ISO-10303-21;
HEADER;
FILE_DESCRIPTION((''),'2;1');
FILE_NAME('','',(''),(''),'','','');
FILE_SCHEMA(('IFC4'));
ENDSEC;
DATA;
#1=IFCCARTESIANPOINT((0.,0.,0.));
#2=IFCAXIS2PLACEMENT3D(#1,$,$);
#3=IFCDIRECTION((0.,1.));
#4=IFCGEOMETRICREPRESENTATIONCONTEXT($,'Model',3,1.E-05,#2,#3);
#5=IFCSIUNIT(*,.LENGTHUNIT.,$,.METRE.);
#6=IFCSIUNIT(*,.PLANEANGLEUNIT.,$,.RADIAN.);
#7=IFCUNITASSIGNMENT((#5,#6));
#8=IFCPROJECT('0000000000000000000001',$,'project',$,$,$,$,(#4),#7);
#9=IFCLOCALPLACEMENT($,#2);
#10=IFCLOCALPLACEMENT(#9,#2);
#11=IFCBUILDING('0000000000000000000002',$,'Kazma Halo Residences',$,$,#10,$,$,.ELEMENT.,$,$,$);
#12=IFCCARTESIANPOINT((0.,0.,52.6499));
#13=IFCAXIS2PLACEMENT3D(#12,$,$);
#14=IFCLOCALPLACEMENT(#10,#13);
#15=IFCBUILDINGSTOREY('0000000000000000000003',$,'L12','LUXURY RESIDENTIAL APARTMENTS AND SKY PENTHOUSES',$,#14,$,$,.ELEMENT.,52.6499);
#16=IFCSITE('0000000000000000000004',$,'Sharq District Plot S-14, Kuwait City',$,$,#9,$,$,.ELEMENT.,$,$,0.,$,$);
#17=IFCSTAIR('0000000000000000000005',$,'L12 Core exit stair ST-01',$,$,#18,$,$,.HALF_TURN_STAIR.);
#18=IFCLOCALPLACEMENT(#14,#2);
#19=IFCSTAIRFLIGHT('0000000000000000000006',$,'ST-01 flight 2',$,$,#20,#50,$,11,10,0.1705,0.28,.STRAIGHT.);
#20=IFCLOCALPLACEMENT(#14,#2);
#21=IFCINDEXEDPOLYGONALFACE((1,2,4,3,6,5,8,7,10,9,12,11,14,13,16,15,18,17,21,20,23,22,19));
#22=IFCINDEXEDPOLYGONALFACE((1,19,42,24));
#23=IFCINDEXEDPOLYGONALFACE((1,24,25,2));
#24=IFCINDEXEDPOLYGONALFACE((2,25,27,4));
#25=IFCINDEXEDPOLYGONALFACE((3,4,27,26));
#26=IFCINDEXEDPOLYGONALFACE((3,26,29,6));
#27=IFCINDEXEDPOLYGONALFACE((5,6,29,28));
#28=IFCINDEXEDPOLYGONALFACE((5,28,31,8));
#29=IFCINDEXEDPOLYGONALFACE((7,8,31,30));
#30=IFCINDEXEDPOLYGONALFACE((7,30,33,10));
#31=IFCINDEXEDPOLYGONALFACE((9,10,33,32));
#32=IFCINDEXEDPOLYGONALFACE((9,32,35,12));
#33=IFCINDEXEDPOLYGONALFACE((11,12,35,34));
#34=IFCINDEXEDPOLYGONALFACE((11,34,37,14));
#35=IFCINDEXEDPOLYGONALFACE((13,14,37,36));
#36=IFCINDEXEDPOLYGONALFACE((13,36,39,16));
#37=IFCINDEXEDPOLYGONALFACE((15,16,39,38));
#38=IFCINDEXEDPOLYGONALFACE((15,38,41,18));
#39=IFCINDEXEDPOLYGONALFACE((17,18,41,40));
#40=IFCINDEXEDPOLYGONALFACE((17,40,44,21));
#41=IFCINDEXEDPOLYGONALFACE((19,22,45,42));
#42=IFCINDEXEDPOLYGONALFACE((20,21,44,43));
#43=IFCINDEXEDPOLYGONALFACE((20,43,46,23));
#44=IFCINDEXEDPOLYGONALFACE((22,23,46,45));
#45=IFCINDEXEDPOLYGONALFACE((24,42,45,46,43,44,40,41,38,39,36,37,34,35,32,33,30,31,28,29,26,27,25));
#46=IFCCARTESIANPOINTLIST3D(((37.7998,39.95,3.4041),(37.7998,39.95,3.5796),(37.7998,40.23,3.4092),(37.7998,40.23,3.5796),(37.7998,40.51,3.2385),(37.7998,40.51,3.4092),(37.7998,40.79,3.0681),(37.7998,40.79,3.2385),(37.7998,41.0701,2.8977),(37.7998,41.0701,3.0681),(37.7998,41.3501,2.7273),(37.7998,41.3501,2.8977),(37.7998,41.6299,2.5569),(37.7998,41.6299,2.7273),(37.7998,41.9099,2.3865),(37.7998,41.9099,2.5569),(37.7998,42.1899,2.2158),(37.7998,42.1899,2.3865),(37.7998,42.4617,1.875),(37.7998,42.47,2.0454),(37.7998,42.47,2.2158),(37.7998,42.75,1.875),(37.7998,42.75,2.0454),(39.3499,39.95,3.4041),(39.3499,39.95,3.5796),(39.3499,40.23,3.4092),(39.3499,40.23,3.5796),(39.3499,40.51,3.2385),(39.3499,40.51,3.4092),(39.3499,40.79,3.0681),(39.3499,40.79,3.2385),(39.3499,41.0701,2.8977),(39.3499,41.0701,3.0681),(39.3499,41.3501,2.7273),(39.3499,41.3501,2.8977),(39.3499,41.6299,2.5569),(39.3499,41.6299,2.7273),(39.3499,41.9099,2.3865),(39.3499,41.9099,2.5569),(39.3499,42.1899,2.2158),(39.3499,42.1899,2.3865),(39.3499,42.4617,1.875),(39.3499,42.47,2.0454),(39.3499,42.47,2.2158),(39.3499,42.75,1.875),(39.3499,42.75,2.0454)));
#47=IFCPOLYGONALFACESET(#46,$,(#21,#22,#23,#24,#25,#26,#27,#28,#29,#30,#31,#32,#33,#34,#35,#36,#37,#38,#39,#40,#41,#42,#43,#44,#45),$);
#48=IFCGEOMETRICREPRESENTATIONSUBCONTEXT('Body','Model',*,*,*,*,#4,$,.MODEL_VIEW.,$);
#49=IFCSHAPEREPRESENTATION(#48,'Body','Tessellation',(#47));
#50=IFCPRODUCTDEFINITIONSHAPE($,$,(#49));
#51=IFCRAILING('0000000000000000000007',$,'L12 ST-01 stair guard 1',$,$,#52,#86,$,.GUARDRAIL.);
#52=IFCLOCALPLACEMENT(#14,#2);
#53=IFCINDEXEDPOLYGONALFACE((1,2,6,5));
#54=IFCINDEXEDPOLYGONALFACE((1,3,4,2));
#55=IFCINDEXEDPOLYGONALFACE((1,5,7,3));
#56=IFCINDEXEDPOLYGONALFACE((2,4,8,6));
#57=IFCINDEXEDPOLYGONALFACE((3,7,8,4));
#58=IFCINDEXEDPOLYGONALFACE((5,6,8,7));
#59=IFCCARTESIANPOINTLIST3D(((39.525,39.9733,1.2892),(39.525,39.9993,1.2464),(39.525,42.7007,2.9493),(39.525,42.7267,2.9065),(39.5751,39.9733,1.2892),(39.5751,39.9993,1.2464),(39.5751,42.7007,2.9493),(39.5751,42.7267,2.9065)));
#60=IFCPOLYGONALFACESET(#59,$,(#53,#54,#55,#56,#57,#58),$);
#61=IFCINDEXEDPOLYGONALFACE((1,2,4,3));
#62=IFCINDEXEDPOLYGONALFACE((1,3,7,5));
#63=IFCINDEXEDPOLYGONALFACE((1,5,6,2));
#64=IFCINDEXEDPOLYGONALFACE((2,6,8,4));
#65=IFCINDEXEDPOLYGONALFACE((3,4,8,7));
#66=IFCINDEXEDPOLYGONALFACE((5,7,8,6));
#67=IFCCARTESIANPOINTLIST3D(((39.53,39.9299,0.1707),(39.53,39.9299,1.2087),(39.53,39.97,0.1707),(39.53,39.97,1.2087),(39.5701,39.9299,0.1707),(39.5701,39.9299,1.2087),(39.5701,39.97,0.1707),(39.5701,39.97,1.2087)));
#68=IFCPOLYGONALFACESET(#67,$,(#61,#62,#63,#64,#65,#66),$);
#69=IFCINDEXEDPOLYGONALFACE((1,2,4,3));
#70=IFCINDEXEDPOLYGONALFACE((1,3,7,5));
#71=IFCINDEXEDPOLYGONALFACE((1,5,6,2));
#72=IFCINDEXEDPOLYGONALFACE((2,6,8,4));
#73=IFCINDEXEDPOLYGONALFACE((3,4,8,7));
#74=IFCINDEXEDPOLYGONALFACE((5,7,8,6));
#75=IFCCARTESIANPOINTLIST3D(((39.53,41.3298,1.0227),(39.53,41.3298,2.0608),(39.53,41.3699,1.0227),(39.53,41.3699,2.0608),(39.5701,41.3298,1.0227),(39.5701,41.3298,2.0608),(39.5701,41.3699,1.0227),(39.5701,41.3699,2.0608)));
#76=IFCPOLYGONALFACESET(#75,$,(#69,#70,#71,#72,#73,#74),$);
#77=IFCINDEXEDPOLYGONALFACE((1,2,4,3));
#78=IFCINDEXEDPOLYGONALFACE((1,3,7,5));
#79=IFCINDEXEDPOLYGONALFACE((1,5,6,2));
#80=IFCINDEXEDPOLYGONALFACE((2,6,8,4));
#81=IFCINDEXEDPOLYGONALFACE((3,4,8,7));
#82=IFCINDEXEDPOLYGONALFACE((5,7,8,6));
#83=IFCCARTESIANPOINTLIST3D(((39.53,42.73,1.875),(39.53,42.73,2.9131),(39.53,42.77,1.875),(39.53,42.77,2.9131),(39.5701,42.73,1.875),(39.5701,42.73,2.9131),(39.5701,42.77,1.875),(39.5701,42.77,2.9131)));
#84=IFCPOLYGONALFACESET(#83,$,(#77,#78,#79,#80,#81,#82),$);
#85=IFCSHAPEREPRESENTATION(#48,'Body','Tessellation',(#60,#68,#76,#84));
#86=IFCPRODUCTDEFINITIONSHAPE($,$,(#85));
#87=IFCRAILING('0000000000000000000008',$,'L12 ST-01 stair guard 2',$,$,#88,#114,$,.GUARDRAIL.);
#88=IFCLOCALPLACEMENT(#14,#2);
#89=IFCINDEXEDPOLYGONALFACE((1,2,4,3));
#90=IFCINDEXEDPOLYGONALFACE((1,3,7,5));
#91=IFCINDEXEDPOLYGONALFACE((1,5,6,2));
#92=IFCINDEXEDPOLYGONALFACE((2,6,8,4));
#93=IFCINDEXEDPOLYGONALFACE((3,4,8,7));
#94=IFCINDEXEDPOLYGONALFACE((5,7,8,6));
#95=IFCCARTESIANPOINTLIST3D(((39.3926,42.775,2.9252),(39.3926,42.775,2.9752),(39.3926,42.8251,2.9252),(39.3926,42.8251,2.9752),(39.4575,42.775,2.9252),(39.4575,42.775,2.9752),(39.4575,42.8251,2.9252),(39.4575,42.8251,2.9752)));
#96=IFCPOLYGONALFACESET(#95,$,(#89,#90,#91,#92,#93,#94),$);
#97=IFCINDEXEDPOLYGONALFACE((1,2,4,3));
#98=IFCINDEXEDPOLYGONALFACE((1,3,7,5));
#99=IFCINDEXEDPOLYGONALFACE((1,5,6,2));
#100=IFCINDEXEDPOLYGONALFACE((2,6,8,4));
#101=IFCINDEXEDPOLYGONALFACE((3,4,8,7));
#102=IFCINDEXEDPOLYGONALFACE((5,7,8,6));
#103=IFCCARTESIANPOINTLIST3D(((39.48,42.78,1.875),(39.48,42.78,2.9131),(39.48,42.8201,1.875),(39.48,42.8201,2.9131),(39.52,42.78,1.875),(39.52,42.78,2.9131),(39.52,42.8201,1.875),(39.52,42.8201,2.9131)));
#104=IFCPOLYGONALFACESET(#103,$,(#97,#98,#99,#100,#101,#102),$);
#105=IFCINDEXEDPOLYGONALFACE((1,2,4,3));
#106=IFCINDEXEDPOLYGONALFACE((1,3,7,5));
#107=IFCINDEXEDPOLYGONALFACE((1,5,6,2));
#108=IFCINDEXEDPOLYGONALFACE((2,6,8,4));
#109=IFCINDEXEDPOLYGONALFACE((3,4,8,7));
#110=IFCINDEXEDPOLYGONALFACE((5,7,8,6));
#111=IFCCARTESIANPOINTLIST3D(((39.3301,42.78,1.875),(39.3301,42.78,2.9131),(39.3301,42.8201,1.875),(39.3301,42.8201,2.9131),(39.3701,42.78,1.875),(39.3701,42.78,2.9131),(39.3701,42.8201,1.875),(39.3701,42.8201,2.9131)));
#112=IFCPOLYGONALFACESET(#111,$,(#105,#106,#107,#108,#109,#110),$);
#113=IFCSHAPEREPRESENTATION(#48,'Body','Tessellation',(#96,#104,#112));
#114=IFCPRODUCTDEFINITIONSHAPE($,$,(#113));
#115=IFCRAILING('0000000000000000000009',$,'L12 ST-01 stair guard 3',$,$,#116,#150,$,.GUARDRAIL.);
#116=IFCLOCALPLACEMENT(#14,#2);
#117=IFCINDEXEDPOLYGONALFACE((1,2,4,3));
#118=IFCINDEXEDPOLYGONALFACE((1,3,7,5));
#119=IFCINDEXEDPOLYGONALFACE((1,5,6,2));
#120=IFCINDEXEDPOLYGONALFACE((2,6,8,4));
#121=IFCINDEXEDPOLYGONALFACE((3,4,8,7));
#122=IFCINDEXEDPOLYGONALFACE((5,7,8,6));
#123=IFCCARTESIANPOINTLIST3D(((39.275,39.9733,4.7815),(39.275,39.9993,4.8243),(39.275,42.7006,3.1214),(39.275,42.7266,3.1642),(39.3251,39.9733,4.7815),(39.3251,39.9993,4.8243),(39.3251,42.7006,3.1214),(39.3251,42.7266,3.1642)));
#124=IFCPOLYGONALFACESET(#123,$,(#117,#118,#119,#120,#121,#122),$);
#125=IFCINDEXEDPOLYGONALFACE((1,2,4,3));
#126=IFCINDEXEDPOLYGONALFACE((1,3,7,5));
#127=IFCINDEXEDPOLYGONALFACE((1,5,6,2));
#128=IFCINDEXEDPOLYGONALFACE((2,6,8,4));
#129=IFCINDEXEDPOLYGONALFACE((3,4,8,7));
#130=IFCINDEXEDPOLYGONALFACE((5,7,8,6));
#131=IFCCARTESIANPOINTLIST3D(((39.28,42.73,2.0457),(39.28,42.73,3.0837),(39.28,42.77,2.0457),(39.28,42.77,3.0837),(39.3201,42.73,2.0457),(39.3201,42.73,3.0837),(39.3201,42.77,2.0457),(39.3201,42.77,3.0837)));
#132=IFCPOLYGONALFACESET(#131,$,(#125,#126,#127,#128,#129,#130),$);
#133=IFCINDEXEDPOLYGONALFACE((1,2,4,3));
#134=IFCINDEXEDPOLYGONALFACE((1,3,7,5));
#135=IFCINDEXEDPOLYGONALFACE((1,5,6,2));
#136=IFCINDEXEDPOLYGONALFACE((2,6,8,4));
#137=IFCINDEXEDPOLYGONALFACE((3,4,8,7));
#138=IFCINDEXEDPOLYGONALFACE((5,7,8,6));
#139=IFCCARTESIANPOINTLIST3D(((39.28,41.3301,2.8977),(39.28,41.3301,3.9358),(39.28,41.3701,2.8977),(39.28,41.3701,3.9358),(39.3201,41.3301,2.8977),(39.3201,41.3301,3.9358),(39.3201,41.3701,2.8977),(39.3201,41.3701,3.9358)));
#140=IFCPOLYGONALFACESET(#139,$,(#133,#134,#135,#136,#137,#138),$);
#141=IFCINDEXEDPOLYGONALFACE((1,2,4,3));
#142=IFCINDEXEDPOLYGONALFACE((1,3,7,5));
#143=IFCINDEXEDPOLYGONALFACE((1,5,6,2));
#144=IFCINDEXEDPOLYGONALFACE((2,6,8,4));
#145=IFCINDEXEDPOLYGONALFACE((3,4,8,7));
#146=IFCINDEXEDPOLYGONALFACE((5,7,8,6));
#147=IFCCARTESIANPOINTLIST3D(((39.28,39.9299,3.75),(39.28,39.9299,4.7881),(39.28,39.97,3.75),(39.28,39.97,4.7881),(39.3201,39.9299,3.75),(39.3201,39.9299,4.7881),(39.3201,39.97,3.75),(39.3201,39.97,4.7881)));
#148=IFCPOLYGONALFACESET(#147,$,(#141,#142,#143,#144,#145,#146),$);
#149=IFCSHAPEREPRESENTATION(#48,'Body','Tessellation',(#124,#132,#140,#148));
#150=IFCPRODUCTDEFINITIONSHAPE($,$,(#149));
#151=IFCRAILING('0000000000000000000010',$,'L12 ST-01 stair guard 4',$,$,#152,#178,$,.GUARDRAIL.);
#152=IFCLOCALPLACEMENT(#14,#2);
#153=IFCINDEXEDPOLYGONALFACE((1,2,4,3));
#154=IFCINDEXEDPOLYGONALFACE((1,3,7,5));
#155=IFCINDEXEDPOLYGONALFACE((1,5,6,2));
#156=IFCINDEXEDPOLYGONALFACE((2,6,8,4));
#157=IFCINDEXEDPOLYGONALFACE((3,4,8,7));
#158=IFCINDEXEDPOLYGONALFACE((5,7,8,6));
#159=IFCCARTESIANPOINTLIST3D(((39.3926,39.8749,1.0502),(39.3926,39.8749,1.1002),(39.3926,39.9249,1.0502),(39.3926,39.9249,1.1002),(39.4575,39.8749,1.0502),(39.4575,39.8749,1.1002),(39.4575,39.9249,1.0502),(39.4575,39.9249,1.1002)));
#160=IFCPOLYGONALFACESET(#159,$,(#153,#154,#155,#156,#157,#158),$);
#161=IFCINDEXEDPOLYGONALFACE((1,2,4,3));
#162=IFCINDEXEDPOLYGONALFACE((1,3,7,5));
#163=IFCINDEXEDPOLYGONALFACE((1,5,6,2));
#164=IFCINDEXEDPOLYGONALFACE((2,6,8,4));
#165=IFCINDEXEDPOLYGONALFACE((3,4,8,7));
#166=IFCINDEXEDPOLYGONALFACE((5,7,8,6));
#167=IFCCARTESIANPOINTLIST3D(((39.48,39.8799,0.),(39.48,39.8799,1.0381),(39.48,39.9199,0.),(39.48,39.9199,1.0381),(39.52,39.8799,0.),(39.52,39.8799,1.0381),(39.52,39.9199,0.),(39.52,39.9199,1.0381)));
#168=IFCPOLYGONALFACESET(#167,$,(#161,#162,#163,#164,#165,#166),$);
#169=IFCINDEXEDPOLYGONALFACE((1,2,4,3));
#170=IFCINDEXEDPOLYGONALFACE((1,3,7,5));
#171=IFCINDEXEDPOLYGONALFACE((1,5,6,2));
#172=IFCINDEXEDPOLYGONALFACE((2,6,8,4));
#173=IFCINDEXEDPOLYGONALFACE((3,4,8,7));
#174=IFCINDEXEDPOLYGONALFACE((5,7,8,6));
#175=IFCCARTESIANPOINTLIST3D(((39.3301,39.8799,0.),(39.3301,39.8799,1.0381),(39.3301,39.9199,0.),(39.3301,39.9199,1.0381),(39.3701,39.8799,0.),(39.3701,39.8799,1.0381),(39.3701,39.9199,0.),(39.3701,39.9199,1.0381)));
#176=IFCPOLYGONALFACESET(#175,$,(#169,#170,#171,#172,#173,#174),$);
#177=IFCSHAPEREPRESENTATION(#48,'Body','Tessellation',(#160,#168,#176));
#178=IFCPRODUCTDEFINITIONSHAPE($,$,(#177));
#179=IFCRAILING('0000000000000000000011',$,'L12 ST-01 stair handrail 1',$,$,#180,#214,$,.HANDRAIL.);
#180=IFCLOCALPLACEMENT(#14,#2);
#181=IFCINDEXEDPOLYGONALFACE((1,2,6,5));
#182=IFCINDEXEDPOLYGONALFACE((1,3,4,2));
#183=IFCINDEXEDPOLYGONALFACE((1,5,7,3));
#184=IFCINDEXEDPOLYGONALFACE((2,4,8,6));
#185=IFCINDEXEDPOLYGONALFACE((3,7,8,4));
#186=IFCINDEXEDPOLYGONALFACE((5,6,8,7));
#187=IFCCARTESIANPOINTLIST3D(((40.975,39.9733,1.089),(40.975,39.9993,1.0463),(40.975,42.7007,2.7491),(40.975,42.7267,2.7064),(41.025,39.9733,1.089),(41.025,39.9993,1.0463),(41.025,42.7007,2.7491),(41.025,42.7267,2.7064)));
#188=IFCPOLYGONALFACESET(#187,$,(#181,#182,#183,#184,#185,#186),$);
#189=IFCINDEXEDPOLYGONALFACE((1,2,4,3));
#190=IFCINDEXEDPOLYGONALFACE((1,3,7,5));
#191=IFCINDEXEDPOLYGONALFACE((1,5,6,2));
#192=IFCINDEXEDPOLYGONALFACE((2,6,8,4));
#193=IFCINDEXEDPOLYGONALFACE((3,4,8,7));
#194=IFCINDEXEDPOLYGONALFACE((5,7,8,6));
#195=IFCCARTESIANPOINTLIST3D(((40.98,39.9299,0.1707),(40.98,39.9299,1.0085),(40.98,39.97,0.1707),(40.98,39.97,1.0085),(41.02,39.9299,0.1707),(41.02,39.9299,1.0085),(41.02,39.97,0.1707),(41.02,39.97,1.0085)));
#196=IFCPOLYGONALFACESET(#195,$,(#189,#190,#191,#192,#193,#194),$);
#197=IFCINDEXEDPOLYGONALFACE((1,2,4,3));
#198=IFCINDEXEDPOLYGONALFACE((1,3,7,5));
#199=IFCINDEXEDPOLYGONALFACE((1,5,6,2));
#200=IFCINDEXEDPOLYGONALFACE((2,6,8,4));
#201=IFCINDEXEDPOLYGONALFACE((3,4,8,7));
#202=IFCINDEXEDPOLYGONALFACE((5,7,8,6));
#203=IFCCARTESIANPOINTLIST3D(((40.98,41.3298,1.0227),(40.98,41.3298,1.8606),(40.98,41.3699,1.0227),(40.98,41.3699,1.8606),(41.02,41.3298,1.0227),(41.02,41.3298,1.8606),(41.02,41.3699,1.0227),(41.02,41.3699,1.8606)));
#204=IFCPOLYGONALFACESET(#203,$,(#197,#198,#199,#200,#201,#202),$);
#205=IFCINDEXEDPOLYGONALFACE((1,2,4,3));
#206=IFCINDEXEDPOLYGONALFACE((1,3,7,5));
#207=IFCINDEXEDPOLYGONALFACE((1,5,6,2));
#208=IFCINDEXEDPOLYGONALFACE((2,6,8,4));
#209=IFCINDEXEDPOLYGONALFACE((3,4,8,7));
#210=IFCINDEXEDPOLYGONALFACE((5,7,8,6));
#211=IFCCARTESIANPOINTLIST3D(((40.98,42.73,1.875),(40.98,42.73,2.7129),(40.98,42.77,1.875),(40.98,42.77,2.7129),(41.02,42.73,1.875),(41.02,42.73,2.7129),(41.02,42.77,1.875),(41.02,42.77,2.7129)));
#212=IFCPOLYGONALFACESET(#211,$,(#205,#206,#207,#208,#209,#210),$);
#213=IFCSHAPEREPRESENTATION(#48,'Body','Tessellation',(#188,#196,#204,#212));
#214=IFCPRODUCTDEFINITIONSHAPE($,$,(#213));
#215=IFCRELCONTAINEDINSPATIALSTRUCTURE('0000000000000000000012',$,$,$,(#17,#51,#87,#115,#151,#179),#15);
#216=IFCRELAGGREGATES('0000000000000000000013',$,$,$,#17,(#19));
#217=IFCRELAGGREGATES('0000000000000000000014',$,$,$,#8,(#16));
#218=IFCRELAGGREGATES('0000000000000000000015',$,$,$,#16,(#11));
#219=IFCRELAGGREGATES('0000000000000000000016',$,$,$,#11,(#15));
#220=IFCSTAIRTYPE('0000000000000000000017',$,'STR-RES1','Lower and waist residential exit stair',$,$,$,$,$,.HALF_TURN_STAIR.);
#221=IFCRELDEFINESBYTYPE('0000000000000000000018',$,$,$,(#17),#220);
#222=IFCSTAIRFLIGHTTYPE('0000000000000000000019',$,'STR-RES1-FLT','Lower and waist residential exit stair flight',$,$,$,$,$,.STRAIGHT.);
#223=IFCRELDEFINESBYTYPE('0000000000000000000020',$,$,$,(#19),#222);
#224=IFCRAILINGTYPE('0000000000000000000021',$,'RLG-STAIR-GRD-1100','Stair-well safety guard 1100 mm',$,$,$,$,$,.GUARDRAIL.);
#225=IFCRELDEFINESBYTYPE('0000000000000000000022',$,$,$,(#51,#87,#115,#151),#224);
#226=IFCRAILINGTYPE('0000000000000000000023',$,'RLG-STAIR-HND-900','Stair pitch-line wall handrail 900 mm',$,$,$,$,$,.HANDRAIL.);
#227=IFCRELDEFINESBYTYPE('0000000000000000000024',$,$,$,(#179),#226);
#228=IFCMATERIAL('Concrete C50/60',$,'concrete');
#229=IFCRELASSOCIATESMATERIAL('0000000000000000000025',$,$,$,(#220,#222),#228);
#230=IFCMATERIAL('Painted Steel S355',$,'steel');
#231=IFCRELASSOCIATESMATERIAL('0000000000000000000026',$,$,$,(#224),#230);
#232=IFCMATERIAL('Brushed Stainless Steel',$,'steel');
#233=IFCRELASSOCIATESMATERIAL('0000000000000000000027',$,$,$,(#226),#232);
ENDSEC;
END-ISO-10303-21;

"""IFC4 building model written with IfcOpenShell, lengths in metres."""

from ifc_helpers import new_model, si_unit, direction, frame, origin, origin_2d, place, context, subcontext, project, spatial, polyline, rectangle, outline, extrude, material, type_object, element, aggregate, save


model = new_model("IFC4")

# Units and contexts
model_context = context("Model", 3, precision=1e-05, world=origin(), true_north=direction((0.0, 1.0)))
body_context = subcontext(model_context, "Body", "Model", "MODEL_VIEW")
ifc_project = project(units=[si_unit("LENGTHUNIT", "METRE"), si_unit("PLANEANGLEUNIT", "RADIAN")], contexts=[model_context])

# Site, building, storey
site_placement = place(None, origin())
site = spatial("IfcSite", under=ifc_project, at=site_placement, Name="Sharq District Plot S-14, Kuwait City", CompositionType="ELEMENT", RefElevation=0.0)
building_placement = place(site_placement, origin())
building = spatial("IfcBuilding", under=site, at=building_placement, Name="Kazma Halo Residences", CompositionType="ELEMENT")
storey_placement = place(building_placement, frame((0.0, 0.0, 52.6499)))
storey = spatial("IfcBuildingStorey", under=building, at=storey_placement, Name="L12", Description="LUXURY RESIDENTIAL APARTMENTS AND SKY PENTHOUSES", CompositionType="ELEMENT", Elevation=52.6499)

# Stair, stair flight
ifc_material_1 = material(Name="Concrete C50/60", Category="concrete")
stair_type = type_object("IfcStairType", Name="STR-RES1", Description="Lower and waist residential exit stair", PredefinedType="HALF_TURN_STAIR", material=ifc_material_1)
stair_placement = place(storey_placement, origin())
stair = element("IfcStair", 1, at=stair_placement, inside=storey, type_object=stair_type, Name="L12 Core exit stair ST-01", PredefinedType="HALF_TURN_STAIR")
stair_flight_type = type_object("IfcStairFlightType", Name="STR-RES1-FLT", Description="Lower and waist residential exit stair flight", PredefinedType="STRAIGHT", material=ifc_material_1)
stair_flight_1_placement = place(storey_placement, frame((38.575, 42.75, 1.875), z_axis=(0.0, 0.0, 1.0), x_axis=(0.0, -1.0, 0.0)))
stair_flight_1 = element("IfcStairFlight", 2, at=stair_flight_1_placement, type_object=stair_flight_type, Name="ST-01 flight 2", NumberOfRisers=11, NumberOfTreads=10, PredefinedType="STRAIGHT", RiserHeight=0.1705, TreadLength=0.28, context=body_context, shape_type="SweptSolid", body=[
    extrude(outline(polyline([(0.0, 0.0), (0.0, 0.1704), (0.28, 0.1704), (0.28, 0.3408), (0.5601, 0.3408), (0.5601, 0.5115), (0.8401, 0.5115), (0.8401, 0.6819), (1.1201, 0.6819), (1.1201, 0.8523), (1.3999, 0.8523), (1.3999, 1.0227), (1.6799, 1.0227), (1.6799, 1.1931), (1.96, 1.1931), (1.96, 1.3635), (2.24, 1.3635), (2.24, 1.5342), (2.52, 1.5342), (2.52, 1.7046), (2.8, 1.7046), (2.8, 1.875), (2.8, 1.5291), (0.2883, 0.0), (0.0, 0.0)])), frame((0.0, 0.7749, 0.0), z_axis=(0.0, -1.0, 0.0), x_axis=(1.0, 0.0, 0.0)), (0.0, 0.0, 1.0), 1.55),
])
aggregate(stair, [stair_flight_1])

# Railings
ifc_material_2 = material(Name="Painted Steel S355", Category="steel")
railing_type_1 = type_object("IfcRailingType", Name="RLG-STAIR-GRD-1100", Description="Stair-well safety guard 1100 mm", PredefinedType="GUARDRAIL", material=ifc_material_2)
railing_1_placement = place(storey_placement, frame((39.55, 39.95, 0.1707)))
element("IfcRailing", 3, at=railing_1_placement, inside=storey, type_object=railing_type_1, Name="L12 ST-01 stair guard 1", PredefinedType="GUARDRAIL", context=body_context, shape_type="SweptSolid", body=[
    extrude(rectangle(XDim=0.05, YDim=0.05, at=origin_2d()), frame((0.0, 0.0364, 1.0972), z_axis=(0.0, 0.854203, 0.51994), x_axis=(-1.0, 0.0, 0.0)), (0.0, 0.0, 1.0), 3.1929),
    extrude(rectangle(XDim=0.04, YDim=0.04, at=origin_2d()), origin(), (0.0, 0.0, 1.0), 1.0381),
    extrude(rectangle(XDim=0.04, YDim=0.04, at=origin_2d()), frame((0.0, 1.3999, 0.8521)), (0.0, 0.0, 1.0), 1.0381),
    extrude(rectangle(XDim=0.04, YDim=0.04, at=origin_2d()), frame((0.0, 2.8, 1.7043)), (0.0, 0.0, 1.0), 1.0381),
])
railing_2_placement = place(storey_placement, frame((39.5, 42.8, 1.875)))
element("IfcRailing", 4, at=railing_2_placement, inside=storey, type_object=railing_type_1, Name="L12 ST-01 stair guard 2", PredefinedType="GUARDRAIL", context=body_context, shape_type="SweptSolid", body=[
    extrude(rectangle(XDim=0.05, YDim=0.05, at=origin_2d()), frame((-0.0425, 0.0, 1.0752), z_axis=(-1.0, 0.0, 0.0), x_axis=(0.0, -1.0, 0.0)), (0.0, 0.0, 1.0), 0.0649),
    extrude(rectangle(XDim=0.04, YDim=0.04, at=origin_2d()), origin(), (0.0, 0.0, 1.0), 1.0381),
    extrude(rectangle(XDim=0.04, YDim=0.04, at=origin_2d()), frame((-0.1499, 0.0, 0.0)), (0.0, 0.0, 1.0), 1.0381),
])
railing_3_placement = place(storey_placement, frame((39.3, 42.75, 2.0457)))
element("IfcRailing", 5, at=railing_3_placement, inside=storey, type_object=railing_type_1, Name="L12 ST-01 stair guard 3", PredefinedType="GUARDRAIL", context=body_context, shape_type="SweptSolid", body=[
    extrude(rectangle(XDim=0.05, YDim=0.05, at=origin_2d()), frame((0.0, -0.0364, 1.0972), z_axis=(0.0, -0.854203, 0.51994), x_axis=(1.0, 0.0, 0.0)), (0.0, 0.0, 1.0), 3.1929),
    extrude(rectangle(XDim=0.04, YDim=0.04, at=origin_2d()), origin(), (0.0, 0.0, 1.0), 1.0381),
    extrude(rectangle(XDim=0.04, YDim=0.04, at=origin_2d()), frame((0.0, -1.3999, 0.8521)), (0.0, 0.0, 1.0), 1.0381),
    extrude(rectangle(XDim=0.04, YDim=0.04, at=origin_2d()), frame((0.0, -2.8, 1.7043)), (0.0, 0.0, 1.0), 1.0381),
])
railing_4_placement = place(storey_placement, frame((39.5, 39.8999, 0.0)))
element("IfcRailing", 6, at=railing_4_placement, inside=storey, type_object=railing_type_1, Name="L12 ST-01 stair guard 4", PredefinedType="GUARDRAIL", context=body_context, shape_type="SweptSolid", body=[
    extrude(rectangle(XDim=0.05, YDim=0.05, at=origin_2d()), frame((-0.0425, 0.0, 1.0752), z_axis=(-1.0, 0.0, 0.0), x_axis=(0.0, -1.0, 0.0)), (0.0, 0.0, 1.0), 0.0649),
    extrude(rectangle(XDim=0.04, YDim=0.04, at=origin_2d()), origin(), (0.0, 0.0, 1.0), 1.0381),
    extrude(rectangle(XDim=0.04, YDim=0.04, at=origin_2d()), frame((-0.1499, 0.0, 0.0)), (0.0, 0.0, 1.0), 1.0381),
])
ifc_material_3 = material(Name="Brushed Stainless Steel", Category="steel")
railing_type_2 = type_object("IfcRailingType", Name="RLG-STAIR-HND-900", Description="Stair pitch-line wall handrail 900 mm", PredefinedType="HANDRAIL", material=ifc_material_3)
railing_5_placement = place(storey_placement, frame((41.0, 39.95, 0.1707)))
element("IfcRailing", 7, at=railing_5_placement, inside=storey, type_object=railing_type_2, Name="L12 ST-01 stair handrail 1", PredefinedType="HANDRAIL", context=body_context, shape_type="SweptSolid", body=[
    extrude(rectangle(XDim=0.05, YDim=0.05, at=origin_2d()), frame((0.0, 0.0364, 0.897), z_axis=(0.0, 0.854203, 0.51994), x_axis=(-1.0, 0.0, 0.0)), (0.0, 0.0, 1.0), 3.1929),
    extrude(rectangle(XDim=0.04, YDim=0.04, at=origin_2d()), origin(), (0.0, 0.0, 1.0), 0.8379),
    extrude(rectangle(XDim=0.04, YDim=0.04, at=origin_2d()), frame((0.0, 1.3999, 0.8521)), (0.0, 0.0, 1.0), 0.8379),
    extrude(rectangle(XDim=0.04, YDim=0.04, at=origin_2d()), frame((0.0, 2.8, 1.7043)), (0.0, 0.0, 1.0), 0.8379),
])

save(model, "model.ifc")
